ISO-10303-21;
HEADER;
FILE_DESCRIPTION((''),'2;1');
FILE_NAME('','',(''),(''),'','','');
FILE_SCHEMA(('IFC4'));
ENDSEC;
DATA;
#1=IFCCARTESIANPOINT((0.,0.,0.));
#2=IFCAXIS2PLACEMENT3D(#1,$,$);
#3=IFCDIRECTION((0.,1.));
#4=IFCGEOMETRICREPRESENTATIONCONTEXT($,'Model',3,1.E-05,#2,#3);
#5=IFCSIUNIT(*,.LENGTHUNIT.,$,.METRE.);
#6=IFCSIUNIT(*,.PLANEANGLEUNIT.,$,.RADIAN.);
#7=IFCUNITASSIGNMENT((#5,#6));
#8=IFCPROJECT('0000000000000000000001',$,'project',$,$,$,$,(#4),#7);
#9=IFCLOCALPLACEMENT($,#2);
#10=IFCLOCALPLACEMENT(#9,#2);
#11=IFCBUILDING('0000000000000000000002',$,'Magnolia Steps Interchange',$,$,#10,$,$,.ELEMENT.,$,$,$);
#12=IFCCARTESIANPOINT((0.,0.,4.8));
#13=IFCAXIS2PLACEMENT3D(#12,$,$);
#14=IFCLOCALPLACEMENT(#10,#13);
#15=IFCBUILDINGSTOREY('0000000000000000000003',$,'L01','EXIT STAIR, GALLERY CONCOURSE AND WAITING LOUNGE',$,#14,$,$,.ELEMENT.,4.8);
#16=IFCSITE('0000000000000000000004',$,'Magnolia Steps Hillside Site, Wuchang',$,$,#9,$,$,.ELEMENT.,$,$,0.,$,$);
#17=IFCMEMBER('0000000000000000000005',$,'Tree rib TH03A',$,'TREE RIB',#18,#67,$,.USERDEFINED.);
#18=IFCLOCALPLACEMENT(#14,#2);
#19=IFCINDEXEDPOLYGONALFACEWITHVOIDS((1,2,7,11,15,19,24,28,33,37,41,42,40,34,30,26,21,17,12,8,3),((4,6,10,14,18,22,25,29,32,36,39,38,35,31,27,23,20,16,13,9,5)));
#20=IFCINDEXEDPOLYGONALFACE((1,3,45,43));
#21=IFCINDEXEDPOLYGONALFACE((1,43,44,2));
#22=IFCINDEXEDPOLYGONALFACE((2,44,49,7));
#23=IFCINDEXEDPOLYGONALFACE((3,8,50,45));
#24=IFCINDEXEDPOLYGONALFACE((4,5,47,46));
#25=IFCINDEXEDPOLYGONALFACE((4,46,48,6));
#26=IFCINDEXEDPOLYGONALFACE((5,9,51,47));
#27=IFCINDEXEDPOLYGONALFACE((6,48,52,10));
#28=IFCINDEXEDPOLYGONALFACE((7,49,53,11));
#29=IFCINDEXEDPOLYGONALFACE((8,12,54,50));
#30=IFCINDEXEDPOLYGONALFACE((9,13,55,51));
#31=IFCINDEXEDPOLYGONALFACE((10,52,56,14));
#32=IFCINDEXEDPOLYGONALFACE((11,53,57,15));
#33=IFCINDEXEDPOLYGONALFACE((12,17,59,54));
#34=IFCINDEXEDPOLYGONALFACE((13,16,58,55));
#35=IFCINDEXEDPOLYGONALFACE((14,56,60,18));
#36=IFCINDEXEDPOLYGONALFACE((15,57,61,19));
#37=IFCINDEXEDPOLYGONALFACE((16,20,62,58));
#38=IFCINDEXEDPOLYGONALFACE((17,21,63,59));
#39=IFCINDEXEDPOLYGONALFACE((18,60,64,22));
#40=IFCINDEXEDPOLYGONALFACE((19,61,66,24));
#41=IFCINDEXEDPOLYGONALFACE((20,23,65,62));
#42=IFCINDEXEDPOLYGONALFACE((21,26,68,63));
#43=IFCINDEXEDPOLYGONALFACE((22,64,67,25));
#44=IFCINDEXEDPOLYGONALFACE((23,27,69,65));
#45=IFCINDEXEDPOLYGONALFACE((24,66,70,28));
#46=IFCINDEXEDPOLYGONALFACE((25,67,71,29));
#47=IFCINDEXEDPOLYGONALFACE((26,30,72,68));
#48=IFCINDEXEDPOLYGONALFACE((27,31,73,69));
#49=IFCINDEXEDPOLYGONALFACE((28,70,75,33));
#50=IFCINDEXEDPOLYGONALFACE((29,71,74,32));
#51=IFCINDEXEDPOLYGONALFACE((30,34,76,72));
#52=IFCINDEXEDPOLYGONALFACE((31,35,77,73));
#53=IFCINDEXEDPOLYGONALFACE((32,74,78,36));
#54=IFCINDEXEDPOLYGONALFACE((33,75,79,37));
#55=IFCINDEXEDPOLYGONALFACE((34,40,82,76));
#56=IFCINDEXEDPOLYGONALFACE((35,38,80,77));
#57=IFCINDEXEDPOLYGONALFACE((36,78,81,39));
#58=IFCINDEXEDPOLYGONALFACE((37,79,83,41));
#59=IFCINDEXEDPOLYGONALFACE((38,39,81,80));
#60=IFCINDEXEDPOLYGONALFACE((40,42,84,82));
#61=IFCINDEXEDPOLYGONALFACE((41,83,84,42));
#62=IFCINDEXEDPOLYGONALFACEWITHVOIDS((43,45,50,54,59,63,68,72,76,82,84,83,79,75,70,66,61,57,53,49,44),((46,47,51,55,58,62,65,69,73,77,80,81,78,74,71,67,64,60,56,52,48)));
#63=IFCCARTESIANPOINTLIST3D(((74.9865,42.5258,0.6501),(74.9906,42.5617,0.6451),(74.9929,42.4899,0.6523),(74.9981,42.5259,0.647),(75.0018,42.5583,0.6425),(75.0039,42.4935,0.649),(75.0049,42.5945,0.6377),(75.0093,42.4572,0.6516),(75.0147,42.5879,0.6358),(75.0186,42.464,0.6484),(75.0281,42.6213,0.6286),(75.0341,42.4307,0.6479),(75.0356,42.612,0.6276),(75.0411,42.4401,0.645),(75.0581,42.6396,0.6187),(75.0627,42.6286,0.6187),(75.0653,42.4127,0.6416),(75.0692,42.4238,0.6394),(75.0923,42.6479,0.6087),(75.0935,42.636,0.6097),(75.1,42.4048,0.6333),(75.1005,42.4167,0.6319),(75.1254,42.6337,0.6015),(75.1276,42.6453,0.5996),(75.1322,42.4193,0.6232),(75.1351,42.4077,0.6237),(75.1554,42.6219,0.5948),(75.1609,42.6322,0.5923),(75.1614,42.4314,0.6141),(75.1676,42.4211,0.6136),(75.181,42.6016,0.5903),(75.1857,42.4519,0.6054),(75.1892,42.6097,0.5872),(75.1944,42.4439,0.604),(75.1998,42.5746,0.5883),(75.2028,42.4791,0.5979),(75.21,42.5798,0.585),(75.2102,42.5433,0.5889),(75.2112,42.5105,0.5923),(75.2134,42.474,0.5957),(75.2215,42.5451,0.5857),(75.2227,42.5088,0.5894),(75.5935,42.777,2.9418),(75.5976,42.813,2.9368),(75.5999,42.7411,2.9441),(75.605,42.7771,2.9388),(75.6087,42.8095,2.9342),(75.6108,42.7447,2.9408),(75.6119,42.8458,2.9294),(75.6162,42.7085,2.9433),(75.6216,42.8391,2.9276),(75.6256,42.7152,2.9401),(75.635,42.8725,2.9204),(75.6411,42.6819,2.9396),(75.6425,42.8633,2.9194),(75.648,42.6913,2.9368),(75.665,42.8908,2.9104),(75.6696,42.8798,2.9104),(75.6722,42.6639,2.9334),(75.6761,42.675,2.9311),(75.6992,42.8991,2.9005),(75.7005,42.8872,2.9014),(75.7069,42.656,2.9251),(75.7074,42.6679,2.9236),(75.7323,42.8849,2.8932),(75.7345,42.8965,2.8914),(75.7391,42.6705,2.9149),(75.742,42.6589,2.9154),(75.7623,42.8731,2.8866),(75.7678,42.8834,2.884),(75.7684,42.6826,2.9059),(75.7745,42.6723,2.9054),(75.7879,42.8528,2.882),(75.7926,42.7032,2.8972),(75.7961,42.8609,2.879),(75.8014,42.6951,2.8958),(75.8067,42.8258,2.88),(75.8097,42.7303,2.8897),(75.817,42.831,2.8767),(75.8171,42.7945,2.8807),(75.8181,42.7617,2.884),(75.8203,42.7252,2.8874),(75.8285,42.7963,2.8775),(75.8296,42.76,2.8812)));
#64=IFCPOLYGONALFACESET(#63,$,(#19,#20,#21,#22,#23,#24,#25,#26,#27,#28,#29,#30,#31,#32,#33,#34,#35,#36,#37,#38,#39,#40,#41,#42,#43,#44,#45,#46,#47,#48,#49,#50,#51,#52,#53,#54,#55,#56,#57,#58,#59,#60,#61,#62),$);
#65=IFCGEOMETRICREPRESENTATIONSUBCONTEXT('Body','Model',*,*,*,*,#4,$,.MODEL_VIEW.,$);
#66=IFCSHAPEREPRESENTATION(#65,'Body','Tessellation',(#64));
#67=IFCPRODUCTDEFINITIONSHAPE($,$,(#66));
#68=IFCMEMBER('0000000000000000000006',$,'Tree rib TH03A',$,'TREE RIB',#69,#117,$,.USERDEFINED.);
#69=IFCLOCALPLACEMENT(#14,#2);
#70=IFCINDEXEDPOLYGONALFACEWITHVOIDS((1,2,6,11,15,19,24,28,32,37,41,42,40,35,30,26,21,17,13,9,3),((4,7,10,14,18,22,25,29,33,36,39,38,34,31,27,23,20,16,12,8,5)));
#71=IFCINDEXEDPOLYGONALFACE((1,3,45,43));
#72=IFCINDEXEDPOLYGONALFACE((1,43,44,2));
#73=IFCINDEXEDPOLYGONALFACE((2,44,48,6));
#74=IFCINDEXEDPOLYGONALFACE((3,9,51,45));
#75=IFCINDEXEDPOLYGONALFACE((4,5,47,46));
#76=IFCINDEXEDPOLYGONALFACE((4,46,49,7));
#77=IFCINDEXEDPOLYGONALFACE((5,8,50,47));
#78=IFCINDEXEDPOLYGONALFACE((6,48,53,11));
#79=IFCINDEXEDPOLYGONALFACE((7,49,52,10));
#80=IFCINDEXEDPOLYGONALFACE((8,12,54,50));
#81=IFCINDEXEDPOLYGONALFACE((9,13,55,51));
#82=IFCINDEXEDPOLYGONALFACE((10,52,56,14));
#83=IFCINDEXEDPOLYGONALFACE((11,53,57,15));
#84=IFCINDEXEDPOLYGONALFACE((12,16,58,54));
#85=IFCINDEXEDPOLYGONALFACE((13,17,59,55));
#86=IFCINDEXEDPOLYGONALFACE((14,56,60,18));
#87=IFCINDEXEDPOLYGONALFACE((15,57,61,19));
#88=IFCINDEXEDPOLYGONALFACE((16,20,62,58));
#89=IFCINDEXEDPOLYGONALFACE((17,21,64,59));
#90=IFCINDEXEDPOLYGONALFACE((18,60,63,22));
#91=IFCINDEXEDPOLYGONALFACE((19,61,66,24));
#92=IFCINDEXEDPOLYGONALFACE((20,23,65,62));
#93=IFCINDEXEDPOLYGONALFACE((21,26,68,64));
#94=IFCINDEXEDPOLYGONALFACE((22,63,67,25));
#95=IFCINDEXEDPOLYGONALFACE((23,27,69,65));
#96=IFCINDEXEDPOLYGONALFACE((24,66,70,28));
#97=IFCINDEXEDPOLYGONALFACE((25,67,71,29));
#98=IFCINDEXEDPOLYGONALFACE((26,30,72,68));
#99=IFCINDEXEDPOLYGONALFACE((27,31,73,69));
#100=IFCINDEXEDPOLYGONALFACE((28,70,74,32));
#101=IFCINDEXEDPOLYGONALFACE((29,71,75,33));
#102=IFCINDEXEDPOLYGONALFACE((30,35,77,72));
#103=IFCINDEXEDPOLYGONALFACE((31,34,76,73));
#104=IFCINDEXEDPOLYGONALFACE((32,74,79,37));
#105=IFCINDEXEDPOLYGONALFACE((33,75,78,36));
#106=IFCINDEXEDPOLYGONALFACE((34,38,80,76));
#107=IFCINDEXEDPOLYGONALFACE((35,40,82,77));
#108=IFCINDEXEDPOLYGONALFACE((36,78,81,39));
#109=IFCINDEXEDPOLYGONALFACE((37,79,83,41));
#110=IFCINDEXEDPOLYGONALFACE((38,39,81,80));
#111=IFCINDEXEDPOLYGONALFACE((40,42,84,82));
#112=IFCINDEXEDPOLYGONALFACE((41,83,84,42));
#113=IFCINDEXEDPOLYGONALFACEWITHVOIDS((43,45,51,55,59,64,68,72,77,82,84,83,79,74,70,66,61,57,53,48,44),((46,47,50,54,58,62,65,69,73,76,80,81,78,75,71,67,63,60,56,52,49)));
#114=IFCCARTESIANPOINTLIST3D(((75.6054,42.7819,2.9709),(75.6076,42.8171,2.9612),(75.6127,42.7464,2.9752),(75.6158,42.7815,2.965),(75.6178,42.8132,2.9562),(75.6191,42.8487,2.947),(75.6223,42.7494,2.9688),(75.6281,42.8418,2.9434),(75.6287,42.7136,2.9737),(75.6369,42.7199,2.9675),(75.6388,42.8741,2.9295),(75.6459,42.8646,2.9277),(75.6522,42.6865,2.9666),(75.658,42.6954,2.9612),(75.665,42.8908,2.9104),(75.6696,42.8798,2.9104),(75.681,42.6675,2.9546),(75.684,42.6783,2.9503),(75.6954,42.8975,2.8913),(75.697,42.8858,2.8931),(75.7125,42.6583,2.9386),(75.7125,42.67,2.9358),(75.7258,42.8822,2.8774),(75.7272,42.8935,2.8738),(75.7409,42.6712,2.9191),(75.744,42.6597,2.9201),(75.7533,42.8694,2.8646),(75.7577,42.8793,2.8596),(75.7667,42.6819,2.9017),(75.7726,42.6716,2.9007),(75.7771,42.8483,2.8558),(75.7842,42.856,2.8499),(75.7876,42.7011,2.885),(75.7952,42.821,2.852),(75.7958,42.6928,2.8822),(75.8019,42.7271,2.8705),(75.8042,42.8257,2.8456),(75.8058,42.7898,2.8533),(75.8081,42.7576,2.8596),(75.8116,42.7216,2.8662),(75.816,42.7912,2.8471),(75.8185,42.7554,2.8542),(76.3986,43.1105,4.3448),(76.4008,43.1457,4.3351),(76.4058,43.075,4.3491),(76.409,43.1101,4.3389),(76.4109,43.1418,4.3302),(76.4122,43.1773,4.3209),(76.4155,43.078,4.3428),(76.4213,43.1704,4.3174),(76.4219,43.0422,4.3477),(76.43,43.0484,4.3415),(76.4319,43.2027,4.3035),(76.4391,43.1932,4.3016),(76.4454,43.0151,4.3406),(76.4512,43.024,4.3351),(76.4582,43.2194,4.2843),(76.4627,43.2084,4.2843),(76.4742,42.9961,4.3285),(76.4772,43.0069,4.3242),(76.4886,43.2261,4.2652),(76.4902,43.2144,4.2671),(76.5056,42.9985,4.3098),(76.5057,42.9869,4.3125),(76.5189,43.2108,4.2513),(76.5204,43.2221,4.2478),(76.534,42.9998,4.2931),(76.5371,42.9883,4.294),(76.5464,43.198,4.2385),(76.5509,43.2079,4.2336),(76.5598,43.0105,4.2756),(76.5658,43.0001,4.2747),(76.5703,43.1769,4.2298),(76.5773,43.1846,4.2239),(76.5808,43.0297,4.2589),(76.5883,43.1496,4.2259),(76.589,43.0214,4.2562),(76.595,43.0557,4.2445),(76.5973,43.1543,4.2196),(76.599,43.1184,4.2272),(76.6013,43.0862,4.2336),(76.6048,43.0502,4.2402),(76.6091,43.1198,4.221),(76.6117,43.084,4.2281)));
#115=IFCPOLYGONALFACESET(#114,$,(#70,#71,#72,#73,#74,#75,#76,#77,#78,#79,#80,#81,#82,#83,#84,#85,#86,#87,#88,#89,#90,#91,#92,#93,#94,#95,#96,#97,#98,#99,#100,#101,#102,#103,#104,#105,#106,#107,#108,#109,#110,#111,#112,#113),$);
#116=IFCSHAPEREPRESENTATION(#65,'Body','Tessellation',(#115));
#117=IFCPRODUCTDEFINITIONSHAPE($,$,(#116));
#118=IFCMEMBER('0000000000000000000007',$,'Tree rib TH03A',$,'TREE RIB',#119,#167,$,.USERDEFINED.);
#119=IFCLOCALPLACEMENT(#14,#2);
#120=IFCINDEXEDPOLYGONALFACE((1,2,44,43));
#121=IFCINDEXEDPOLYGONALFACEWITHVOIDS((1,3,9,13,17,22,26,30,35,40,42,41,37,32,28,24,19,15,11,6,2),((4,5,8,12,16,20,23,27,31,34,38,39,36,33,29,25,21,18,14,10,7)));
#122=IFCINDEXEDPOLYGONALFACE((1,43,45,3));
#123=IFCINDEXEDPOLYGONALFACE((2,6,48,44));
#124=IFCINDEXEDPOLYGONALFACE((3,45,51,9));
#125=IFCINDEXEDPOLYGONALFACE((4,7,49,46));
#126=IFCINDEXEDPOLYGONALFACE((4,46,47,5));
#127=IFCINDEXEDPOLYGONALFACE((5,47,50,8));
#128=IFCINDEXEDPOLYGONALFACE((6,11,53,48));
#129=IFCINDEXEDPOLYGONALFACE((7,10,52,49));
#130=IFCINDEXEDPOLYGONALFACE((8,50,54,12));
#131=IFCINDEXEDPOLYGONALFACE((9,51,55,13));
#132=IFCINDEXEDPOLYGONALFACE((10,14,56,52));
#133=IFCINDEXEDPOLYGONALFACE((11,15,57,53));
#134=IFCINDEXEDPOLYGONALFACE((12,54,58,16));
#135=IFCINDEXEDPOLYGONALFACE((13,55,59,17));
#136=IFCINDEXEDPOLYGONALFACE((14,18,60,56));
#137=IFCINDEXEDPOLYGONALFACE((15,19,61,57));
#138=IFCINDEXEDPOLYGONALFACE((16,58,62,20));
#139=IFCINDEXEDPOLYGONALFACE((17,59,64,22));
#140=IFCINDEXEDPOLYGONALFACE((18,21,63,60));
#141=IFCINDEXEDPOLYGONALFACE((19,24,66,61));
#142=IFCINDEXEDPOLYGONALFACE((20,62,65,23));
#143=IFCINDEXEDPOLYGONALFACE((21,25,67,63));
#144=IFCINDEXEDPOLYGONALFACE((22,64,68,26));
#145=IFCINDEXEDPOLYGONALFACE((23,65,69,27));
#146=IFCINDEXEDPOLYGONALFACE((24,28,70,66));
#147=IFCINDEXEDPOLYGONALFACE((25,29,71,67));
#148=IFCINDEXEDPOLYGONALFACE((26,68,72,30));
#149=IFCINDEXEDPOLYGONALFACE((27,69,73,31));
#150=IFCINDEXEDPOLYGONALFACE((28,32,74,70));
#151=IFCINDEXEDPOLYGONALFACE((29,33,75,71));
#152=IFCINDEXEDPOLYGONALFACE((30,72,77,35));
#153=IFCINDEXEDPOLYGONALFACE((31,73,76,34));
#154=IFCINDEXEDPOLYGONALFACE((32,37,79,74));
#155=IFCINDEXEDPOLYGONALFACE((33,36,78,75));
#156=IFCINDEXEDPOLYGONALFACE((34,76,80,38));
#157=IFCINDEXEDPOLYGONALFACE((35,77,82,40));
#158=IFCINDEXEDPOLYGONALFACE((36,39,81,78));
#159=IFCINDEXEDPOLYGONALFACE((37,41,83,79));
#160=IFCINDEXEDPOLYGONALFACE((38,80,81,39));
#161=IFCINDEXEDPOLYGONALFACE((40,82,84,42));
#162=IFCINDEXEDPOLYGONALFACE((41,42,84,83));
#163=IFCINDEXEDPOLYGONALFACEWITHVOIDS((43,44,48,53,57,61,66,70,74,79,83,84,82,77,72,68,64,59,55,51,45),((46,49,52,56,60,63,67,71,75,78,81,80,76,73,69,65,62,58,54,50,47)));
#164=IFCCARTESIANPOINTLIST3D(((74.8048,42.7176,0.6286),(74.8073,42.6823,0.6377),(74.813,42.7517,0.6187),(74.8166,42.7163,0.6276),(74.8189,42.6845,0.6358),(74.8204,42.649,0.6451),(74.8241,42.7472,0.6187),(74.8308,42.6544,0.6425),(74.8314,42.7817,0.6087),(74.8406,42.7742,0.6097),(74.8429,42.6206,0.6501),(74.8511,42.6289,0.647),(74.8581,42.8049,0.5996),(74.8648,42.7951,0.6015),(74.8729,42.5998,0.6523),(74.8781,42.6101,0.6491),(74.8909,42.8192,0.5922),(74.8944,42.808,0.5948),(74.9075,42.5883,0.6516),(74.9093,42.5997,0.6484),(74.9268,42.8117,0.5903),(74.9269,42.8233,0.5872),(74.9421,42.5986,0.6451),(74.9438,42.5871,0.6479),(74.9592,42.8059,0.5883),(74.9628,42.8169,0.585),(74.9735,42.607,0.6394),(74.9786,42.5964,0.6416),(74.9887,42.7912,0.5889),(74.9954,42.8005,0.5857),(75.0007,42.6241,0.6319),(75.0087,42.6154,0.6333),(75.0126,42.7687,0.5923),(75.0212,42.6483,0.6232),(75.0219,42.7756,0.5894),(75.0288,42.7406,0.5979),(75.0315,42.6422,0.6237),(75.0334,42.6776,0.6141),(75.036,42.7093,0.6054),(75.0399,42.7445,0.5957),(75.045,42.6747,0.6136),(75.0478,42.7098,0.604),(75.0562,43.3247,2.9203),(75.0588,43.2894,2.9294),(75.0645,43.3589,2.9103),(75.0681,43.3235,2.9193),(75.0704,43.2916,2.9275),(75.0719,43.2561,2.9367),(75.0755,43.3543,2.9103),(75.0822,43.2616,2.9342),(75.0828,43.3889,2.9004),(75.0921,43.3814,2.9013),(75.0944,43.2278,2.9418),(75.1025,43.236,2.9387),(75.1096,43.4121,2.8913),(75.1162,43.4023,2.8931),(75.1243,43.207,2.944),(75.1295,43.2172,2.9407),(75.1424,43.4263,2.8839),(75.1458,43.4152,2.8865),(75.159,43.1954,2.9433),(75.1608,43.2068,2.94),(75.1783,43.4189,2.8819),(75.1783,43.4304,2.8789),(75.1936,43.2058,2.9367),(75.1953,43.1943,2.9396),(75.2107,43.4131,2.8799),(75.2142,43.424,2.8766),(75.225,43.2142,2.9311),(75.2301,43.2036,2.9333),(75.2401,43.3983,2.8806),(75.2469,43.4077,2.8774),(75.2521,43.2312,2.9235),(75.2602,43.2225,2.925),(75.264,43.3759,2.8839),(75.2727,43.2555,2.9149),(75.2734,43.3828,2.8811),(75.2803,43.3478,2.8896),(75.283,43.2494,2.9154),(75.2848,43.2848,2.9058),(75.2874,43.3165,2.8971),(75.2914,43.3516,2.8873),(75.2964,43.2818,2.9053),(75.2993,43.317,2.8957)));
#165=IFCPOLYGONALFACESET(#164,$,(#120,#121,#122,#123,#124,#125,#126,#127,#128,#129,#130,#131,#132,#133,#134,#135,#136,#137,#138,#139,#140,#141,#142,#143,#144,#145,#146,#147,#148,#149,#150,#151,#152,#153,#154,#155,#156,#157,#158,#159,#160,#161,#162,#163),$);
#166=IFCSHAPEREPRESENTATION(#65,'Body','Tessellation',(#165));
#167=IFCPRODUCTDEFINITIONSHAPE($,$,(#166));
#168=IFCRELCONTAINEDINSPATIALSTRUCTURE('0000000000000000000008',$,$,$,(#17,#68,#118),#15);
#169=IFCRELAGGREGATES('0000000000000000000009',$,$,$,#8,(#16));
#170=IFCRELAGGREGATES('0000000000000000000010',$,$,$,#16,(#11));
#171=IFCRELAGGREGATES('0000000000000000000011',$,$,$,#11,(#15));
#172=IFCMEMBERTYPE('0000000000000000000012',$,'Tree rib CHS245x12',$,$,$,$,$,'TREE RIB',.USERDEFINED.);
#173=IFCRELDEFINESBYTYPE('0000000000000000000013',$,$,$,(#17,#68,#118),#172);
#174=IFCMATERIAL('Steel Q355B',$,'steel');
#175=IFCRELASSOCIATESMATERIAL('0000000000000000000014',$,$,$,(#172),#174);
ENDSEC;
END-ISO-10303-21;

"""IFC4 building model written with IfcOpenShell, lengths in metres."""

from ifc_helpers import new_model, si_unit, direction, frame, origin, origin_2d, place, context, subcontext, project, spatial, hollow_circle, extrude, material, material_profile, profile_set, type_object, element, save


model = new_model("IFC4")

# Units and contexts
model_context = context("Model", 3, precision=1e-05, world=origin(), true_north=direction((0.0, 1.0)))
body_context = subcontext(model_context, "Body", "Model", "MODEL_VIEW")
ifc_project = project(units=[si_unit("LENGTHUNIT", "METRE"), si_unit("PLANEANGLEUNIT", "RADIAN")], contexts=[model_context])

# Site, building, storey
site_placement = place(None, origin())
site = spatial("IfcSite", under=ifc_project, at=site_placement, Name="Magnolia Steps Hillside Site, Wuchang", CompositionType="ELEMENT", RefElevation=0.0)
building_placement = place(site_placement, origin())
building = spatial("IfcBuilding", under=site, at=building_placement, Name="Magnolia Steps Interchange", CompositionType="ELEMENT")
storey_placement = place(building_placement, frame((0.0, 0.0, 4.8)))
storey = spatial("IfcBuildingStorey", under=building, at=storey_placement, Name="L01", Description="EXIT STAIR, GALLERY CONCOURSE AND WAITING LOUNGE", CompositionType="ELEMENT", Elevation=4.8)

# Members
ifc_material_1 = material(Name="Steel Q355B", Category="steel")
ifc_material_profile_1 = material_profile(ifc_material_1, hollow_circle(Radius=0.1226, WallThickness=0.012, at=origin_2d()), Name="CHS245x12")
ifc_profile_set_1 = profile_set([ifc_material_profile_1], Name="Steel Q355B")
member_type_1 = type_object("IfcMemberType", Name="Tree rib CHS245x12", ElementType="TREE RIB", PredefinedType="USERDEFINED", material=ifc_profile_set_1)
member_1_placement = place(storey_placement, frame((75.105, 42.5264, 0.6187), z_axis=(0.254583, 0.105377, 0.961292), x_axis=(-0.38245, 0.923976, 0.0)))
element("IfcMember", 1, at=member_1_placement, inside=storey, type_object=member_type_1, Name="Tree rib TH03A", ObjectType="TREE RIB", PredefinedType="USERDEFINED", context=body_context, shape_type="SweptSolid", body=[
    extrude(hollow_circle(Radius=0.1226, WallThickness=0.012, at=origin_2d()), origin(), (0.0, 0.0, 1.0), 2.384),
])
member_2_placement = place(storey_placement, frame((75.7119, 42.7776, 2.9104), z_axis=(0.489571, 0.20282, 0.848047), x_axis=(-0.382737, 0.923857, 0.0)))
element("IfcMember", 2, at=member_2_placement, inside=storey, type_object=member_type_1, Name="Tree rib TH03A", ObjectType="TREE RIB", PredefinedType="USERDEFINED", context=body_context, shape_type="SweptSolid", body=[
    extrude(hollow_circle(Radius=0.1226, WallThickness=0.012, at=origin_2d()), origin(), (0.0, 0.0, 1.0), 1.6201),
])
member_3_placement = place(storey_placement, frame((74.9263, 42.7048, 0.6187), z_axis=(0.105475, 0.254676, 0.961257), x_axis=(-0.923899, 0.382636, 0.0)))
element("IfcMember", 3, at=member_3_placement, inside=storey, type_object=member_type_1, Name="Tree rib TH03A", ObjectType="TREE RIB", PredefinedType="USERDEFINED", context=body_context, shape_type="SweptSolid", body=[
    extrude(hollow_circle(Radius=0.1226, WallThickness=0.012, at=origin_2d()), origin(), (0.0, 0.0, 1.0), 2.384),
])

save(model, "model.ifc")
